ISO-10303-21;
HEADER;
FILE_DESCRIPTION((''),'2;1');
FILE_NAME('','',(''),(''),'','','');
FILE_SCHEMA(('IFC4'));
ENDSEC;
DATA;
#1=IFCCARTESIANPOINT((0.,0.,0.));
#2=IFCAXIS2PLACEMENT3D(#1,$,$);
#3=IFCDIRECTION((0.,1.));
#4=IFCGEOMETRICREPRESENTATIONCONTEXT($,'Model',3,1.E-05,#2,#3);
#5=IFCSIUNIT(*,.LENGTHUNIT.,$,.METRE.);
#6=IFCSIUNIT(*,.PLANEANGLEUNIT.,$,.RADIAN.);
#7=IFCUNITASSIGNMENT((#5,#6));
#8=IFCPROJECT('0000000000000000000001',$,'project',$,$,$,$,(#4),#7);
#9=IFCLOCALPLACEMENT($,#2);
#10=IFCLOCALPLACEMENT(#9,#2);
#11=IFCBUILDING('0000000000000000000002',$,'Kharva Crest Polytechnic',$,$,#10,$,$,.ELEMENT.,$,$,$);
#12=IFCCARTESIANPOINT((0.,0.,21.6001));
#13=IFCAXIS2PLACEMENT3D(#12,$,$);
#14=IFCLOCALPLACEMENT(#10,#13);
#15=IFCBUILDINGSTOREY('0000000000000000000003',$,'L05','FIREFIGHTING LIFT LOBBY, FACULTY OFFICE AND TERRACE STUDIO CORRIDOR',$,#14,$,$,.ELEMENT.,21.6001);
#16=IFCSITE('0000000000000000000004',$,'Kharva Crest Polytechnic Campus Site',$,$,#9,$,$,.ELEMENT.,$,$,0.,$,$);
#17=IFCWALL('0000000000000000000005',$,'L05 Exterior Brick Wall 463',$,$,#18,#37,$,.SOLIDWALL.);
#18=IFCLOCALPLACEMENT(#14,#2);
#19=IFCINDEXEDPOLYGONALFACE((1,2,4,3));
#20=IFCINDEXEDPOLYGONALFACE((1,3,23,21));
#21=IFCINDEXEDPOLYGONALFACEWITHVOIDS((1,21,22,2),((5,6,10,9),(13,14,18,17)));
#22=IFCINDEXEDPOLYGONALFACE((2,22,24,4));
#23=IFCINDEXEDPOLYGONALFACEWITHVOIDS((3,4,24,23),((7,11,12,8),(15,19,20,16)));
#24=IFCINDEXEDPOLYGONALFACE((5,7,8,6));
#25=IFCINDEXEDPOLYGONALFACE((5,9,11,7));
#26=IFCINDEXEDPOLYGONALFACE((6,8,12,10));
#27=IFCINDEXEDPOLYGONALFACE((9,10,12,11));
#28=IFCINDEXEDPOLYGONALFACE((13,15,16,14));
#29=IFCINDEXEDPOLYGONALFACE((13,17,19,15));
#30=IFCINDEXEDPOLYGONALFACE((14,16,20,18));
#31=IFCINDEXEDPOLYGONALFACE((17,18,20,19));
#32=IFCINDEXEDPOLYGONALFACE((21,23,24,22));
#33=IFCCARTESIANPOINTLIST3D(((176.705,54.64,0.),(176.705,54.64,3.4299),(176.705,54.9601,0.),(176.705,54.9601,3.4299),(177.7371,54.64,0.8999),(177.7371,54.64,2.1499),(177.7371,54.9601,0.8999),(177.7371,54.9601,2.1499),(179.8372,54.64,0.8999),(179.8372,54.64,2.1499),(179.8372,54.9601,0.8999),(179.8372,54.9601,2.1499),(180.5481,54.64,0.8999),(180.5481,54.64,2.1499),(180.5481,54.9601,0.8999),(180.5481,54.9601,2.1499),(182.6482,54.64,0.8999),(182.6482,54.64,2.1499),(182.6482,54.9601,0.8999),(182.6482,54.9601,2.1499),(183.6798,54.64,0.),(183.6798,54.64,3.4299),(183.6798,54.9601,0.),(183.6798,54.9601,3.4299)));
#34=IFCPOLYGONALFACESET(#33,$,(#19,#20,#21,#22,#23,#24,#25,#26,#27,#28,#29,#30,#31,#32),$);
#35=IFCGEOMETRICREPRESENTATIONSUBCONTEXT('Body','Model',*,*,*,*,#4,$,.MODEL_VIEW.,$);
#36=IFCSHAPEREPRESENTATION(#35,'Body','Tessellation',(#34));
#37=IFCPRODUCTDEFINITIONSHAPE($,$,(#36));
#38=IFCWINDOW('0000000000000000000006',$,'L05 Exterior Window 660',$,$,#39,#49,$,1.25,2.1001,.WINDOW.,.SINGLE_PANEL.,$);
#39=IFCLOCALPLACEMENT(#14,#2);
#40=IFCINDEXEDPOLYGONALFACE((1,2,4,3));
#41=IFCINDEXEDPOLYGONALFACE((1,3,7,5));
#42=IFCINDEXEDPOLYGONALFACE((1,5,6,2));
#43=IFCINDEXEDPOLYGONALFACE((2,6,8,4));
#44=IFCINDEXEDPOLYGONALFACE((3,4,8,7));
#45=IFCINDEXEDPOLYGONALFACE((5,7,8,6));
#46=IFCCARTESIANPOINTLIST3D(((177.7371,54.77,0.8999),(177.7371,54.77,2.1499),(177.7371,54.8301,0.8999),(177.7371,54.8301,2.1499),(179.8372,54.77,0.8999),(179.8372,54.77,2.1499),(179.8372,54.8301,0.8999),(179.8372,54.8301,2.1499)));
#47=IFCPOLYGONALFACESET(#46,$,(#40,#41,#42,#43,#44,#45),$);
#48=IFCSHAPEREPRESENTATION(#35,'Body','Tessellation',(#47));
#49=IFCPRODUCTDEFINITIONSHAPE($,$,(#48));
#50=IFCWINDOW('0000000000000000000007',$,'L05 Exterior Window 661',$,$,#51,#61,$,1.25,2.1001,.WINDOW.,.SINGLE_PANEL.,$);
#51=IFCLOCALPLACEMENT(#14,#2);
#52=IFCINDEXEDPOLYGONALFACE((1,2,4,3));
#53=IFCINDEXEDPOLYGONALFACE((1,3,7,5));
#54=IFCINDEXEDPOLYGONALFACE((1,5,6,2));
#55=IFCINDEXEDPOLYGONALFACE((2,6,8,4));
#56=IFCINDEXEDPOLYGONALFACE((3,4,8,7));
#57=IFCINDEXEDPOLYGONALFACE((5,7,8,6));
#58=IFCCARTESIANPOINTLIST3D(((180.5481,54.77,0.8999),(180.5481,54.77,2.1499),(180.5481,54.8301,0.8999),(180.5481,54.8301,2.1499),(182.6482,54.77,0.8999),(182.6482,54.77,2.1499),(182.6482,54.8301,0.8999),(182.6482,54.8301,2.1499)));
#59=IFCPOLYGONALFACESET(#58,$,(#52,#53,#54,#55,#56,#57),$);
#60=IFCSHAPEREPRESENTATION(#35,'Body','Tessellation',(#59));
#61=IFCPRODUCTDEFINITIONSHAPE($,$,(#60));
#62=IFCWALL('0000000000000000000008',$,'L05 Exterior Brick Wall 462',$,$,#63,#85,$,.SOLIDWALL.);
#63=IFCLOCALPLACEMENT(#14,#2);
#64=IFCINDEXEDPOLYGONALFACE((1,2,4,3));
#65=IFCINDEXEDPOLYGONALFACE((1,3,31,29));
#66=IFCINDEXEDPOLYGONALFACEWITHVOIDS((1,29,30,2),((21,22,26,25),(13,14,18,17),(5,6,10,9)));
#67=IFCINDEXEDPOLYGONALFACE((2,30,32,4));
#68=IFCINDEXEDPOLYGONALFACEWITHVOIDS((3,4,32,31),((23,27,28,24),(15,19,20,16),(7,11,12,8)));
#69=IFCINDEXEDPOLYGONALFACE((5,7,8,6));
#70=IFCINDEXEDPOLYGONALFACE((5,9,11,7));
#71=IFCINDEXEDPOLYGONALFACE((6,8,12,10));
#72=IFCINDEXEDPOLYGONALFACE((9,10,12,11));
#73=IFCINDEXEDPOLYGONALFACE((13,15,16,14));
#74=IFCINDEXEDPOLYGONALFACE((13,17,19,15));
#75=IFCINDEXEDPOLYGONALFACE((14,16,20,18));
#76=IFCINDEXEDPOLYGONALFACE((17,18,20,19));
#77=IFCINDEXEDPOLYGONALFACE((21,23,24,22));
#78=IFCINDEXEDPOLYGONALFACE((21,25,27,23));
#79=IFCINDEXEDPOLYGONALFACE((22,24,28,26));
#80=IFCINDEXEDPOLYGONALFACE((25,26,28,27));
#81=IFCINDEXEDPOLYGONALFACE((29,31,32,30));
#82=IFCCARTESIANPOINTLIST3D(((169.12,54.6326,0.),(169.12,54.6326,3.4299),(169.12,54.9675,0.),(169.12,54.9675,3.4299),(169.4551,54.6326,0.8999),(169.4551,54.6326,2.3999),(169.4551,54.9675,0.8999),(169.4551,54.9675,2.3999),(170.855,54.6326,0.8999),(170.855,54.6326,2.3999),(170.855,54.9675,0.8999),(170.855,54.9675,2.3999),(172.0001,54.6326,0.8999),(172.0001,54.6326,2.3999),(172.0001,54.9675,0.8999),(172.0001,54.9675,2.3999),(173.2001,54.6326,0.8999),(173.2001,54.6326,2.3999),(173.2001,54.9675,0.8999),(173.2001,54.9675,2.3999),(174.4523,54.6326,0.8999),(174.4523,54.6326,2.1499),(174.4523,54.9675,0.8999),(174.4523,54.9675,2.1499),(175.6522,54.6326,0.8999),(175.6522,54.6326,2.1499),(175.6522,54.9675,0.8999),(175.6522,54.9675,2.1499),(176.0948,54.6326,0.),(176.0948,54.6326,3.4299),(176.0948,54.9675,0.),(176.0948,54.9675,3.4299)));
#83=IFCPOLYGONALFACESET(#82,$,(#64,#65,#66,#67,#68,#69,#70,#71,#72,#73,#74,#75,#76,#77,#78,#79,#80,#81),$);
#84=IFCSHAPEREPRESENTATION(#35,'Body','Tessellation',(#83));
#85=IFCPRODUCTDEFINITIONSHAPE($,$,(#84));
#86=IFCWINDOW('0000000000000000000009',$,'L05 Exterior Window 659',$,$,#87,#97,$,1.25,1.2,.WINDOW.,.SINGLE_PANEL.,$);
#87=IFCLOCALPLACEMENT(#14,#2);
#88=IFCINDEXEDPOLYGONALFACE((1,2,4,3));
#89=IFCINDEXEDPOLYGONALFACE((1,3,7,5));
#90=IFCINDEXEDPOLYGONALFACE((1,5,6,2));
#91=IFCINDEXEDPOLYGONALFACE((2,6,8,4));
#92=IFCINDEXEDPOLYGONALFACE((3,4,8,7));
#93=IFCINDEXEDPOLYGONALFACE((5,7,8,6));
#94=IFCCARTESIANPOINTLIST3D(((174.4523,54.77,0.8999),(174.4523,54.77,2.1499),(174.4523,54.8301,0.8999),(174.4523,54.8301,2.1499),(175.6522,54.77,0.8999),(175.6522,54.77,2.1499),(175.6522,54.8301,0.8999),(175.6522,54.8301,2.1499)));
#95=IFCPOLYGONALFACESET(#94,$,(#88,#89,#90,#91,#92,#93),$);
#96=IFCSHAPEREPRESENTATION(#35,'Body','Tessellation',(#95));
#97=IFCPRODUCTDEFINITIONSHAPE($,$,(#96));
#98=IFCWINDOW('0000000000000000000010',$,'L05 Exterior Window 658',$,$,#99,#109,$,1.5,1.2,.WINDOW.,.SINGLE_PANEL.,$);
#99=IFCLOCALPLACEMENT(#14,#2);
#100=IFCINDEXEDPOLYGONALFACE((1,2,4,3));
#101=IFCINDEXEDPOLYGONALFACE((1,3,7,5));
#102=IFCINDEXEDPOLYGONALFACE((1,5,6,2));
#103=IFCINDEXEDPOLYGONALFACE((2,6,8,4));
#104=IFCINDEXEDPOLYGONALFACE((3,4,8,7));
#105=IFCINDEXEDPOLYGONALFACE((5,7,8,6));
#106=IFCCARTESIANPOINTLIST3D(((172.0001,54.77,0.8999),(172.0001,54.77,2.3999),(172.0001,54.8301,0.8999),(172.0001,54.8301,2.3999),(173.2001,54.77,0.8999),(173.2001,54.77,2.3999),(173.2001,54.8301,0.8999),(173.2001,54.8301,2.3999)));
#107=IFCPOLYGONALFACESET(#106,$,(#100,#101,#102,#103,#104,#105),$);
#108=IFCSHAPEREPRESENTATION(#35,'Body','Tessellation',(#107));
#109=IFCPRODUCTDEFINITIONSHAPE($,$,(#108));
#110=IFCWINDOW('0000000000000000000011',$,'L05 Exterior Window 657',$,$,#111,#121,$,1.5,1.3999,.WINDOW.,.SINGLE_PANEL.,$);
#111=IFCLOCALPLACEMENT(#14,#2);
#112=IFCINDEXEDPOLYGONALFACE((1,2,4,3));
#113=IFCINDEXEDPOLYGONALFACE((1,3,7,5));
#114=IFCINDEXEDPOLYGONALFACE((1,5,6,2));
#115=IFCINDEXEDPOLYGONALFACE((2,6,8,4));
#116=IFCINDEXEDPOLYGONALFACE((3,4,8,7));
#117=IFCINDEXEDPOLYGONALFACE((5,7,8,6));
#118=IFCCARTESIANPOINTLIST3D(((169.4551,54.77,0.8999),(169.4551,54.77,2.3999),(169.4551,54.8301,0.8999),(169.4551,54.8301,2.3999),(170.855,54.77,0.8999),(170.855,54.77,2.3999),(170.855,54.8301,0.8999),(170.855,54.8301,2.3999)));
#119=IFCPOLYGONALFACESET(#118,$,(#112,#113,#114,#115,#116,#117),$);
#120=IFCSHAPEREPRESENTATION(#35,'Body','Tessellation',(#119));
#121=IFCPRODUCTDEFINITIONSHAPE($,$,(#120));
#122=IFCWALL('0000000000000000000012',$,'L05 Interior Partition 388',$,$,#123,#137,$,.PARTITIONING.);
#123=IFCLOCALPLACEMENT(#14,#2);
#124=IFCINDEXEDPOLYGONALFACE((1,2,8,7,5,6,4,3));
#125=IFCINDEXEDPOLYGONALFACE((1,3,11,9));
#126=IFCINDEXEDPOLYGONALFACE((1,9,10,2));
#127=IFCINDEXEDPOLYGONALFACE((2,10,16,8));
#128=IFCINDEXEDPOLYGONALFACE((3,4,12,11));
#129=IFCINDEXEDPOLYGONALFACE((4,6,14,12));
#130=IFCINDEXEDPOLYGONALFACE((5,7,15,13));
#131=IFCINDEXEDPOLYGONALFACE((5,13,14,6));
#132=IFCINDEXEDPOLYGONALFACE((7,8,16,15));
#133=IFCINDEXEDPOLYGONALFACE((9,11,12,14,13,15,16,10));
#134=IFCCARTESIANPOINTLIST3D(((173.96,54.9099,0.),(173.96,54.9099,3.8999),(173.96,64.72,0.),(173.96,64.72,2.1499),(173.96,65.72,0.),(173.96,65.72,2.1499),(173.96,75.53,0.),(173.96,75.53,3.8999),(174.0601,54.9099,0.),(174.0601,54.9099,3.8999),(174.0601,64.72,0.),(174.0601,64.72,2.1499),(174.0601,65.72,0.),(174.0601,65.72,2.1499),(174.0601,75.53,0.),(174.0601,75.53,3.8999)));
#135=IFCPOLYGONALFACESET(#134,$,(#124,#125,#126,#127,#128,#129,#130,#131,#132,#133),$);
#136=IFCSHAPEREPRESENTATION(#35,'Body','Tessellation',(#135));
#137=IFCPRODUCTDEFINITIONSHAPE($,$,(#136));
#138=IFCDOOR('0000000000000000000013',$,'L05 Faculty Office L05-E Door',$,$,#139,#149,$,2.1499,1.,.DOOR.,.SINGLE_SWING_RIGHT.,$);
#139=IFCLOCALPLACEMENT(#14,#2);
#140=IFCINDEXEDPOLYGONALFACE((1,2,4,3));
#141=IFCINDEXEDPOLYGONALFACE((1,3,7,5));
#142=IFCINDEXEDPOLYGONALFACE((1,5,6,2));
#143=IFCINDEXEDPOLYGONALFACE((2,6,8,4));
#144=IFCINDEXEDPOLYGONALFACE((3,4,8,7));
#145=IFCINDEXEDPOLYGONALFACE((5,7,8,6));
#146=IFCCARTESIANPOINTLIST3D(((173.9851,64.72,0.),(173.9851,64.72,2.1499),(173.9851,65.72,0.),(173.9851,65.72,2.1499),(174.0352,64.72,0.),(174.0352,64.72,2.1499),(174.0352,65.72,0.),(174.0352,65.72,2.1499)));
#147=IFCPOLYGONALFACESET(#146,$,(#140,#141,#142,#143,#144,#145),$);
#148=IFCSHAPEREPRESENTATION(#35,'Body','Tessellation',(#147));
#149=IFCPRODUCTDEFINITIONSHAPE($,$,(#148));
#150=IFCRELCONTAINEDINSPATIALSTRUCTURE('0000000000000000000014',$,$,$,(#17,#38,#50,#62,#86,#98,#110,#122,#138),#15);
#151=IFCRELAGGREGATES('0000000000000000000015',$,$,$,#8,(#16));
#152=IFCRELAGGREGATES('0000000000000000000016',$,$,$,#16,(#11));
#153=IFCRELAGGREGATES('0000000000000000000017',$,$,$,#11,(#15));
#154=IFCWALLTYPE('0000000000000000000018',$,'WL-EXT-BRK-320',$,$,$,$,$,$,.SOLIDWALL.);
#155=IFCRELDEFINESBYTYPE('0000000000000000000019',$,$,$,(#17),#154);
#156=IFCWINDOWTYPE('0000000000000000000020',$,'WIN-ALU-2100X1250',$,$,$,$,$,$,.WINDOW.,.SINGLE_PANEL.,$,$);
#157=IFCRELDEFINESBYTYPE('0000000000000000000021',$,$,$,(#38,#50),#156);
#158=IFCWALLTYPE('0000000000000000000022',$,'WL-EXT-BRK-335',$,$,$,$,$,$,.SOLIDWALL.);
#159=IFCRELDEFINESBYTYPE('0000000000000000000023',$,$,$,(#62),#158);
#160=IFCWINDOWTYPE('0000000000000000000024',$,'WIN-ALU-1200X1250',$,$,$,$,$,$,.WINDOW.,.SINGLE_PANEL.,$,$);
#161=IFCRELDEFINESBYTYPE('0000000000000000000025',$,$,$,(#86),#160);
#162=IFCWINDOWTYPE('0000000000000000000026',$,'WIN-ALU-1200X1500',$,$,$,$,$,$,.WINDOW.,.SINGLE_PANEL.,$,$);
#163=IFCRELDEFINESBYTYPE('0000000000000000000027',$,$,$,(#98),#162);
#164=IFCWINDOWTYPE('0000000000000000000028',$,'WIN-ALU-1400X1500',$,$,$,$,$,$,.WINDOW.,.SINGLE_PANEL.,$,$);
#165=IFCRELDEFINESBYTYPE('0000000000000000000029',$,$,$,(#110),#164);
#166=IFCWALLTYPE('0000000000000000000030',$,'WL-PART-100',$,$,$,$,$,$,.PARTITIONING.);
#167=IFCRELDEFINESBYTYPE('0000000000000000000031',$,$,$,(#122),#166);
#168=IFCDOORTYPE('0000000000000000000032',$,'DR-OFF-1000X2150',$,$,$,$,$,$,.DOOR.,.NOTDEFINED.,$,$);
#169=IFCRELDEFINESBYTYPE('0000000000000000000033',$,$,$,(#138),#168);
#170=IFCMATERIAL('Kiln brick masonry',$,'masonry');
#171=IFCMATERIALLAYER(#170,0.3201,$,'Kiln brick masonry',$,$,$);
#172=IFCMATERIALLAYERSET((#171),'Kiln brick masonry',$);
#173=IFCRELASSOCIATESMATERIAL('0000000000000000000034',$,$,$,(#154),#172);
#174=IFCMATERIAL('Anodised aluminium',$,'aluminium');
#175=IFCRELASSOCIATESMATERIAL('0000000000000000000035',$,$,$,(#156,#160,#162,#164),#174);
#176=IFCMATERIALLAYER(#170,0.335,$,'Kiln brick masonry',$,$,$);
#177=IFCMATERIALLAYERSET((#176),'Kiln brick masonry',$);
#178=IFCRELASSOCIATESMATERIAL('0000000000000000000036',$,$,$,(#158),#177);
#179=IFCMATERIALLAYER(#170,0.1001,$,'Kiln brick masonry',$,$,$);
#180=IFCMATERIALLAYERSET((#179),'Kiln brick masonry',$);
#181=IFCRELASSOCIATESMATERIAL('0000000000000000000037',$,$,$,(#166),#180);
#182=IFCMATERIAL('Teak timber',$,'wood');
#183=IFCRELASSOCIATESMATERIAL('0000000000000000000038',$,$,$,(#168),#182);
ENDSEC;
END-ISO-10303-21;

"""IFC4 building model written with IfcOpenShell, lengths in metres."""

from ifc_helpers import new_model, si_unit, direction, frame, frame_2d, origin, place, context, subcontext, project, spatial, rectangle, extrude, material, layer, layer_set, type_object, element, fill, save


model = new_model("IFC4")

# Units and contexts
model_context = context("Model", 3, precision=1e-05, world=origin(), true_north=direction((0.0, 1.0)))
body_context = subcontext(model_context, "Body", "Model", "MODEL_VIEW")
ifc_project = project(units=[si_unit("LENGTHUNIT", "METRE"), si_unit("PLANEANGLEUNIT", "RADIAN")], contexts=[model_context])

# Site, building, storey
site_placement = place(None, origin())
site = spatial("IfcSite", under=ifc_project, at=site_placement, Name="Kharva Crest Polytechnic Campus Site", CompositionType="ELEMENT", RefElevation=0.0)
building_placement = place(site_placement, origin())
building = spatial("IfcBuilding", under=site, at=building_placement, Name="Kharva Crest Polytechnic", CompositionType="ELEMENT")
storey_placement = place(building_placement, frame((0.0, 0.0, 21.6001)))
storey = spatial("IfcBuildingStorey", under=building, at=storey_placement, Name="L05", Description="FIREFIGHTING LIFT LOBBY, FACULTY OFFICE AND TERRACE STUDIO CORRIDOR", CompositionType="ELEMENT", Elevation=21.6001)

# Walls, openings, windows
ifc_material_1 = material(Name="Kiln brick masonry", Category="masonry")
ifc_material_2 = material(Name="Anodised aluminium", Category="aluminium")
ifc_layer_1 = layer(ifc_material_1, 0.3201, Name="Kiln brick masonry")
ifc_layer_set_1 = layer_set([ifc_layer_1], Name="Kiln brick masonry")
wall_type_1 = type_object("IfcWallType", Name="WL-EXT-BRK-320", PredefinedType="SOLIDWALL", material=ifc_layer_set_1)
wall_1_placement = place(storey_placement, frame((176.7051, 54.8, 0.0), z_axis=(0.0, 0.0, 1.0), x_axis=(1.0, 0.0, 0.0)))
wall_1 = element("IfcWall", 1, at=wall_1_placement, inside=storey, type_object=wall_type_1, Name="L05 Exterior Brick Wall 463", PredefinedType="SOLIDWALL", context=body_context, shape_type="SweptSolid", body=[
    extrude(rectangle(XDim=6.9749, YDim=0.3201, at=frame_2d((3.4873, 0.0))), origin(), (0.0, 0.0, 1.0), 3.4299),
])
opening_1_placement = place(wall_1_placement, frame((1.032, 0.0, 0.8999)))
opening_1 = element("IfcOpeningElement", 2, at=opening_1_placement, cuts=wall_1, PredefinedType="OPENING", context=body_context, shape_type="SweptSolid", body=[
    extrude(rectangle(XDim=2.1001, YDim=1.25, at=frame_2d((1.05, 0.625))), frame((0.0, 0.1699, 0.0), z_axis=(0.0, -1.0, 0.0), x_axis=(1.0, 0.0, 0.0)), (0.0, 0.0, 1.0), 0.3401),
])
opening_2_placement = place(wall_1_placement, frame((3.843, 0.0, 0.8999)))
opening_2 = element("IfcOpeningElement", 3, at=opening_2_placement, cuts=wall_1, PredefinedType="OPENING", context=body_context, shape_type="SweptSolid", body=[
    extrude(rectangle(XDim=2.1001, YDim=1.25, at=frame_2d((1.05, 0.625))), frame((0.0, 0.1699, 0.0), z_axis=(0.0, -1.0, 0.0), x_axis=(1.0, 0.0, 0.0)), (0.0, 0.0, 1.0), 0.3401),
])
window_type_1 = type_object("IfcWindowType", Name="WIN-ALU-2100X1250", PartitioningType="SINGLE_PANEL", PredefinedType="WINDOW", material=ifc_material_2)
window_1_placement = place(opening_1_placement, origin())
window_1 = element("IfcWindow", 4, at=window_1_placement, inside=storey, type_object=window_type_1, Name="L05 Exterior Window 660", OverallHeight=1.25, OverallWidth=2.1001, PartitioningType="SINGLE_PANEL", PredefinedType="WINDOW", context=body_context, shape_type="SweptSolid", body=[
    extrude(rectangle(XDim=2.1001, YDim=1.25, at=frame_2d((1.05, 0.625))), frame((0.0, 0.03, 0.0), z_axis=(0.0, -1.0, 0.0), x_axis=(1.0, 0.0, 0.0)), (0.0, 0.0, 1.0), 0.0601),
])
fill(opening_1, window_1)
window_2_placement = place(opening_2_placement, origin())
window_2 = element("IfcWindow", 5, at=window_2_placement, inside=storey, type_object=window_type_1, Name="L05 Exterior Window 661", OverallHeight=1.25, OverallWidth=2.1001, PartitioningType="SINGLE_PANEL", PredefinedType="WINDOW", context=body_context, shape_type="SweptSolid", body=[
    extrude(rectangle(XDim=2.1001, YDim=1.25, at=frame_2d((1.05, 0.625))), frame((0.0, 0.03, 0.0), z_axis=(0.0, -1.0, 0.0), x_axis=(1.0, 0.0, 0.0)), (0.0, 0.0, 1.0), 0.0601),
])
fill(opening_2, window_2)
ifc_layer_2 = layer(ifc_material_1, 0.335, Name="Kiln brick masonry")
ifc_layer_set_2 = layer_set([ifc_layer_2], Name="Kiln brick masonry")
wall_type_2 = type_object("IfcWallType", Name="WL-EXT-BRK-335", PredefinedType="SOLIDWALL", material=ifc_layer_set_2)
wall_2_placement = place(storey_placement, frame((169.1201, 54.8, 0.0), z_axis=(0.0, 0.0, 1.0), x_axis=(1.0, 0.0, 0.0)))
wall_2 = element("IfcWall", 6, at=wall_2_placement, inside=storey, type_object=wall_type_2, Name="L05 Exterior Brick Wall 462", PredefinedType="SOLIDWALL", context=body_context, shape_type="SweptSolid", body=[
    extrude(rectangle(XDim=6.9749, YDim=0.335, at=frame_2d((3.4873, 0.0))), origin(), (0.0, 0.0, 1.0), 3.4299),
])
opening_3_placement = place(wall_2_placement, frame((0.335, 0.0, 0.8999)))
opening_3 = element("IfcOpeningElement", 7, at=opening_3_placement, cuts=wall_2, PredefinedType="OPENING", context=body_context, shape_type="SweptSolid", body=[
    extrude(rectangle(XDim=1.3999, YDim=1.5, at=frame_2d((0.7, 0.75))), frame((0.0, 0.1775, 0.0), z_axis=(0.0, -1.0, 0.0), x_axis=(1.0, 0.0, 0.0)), (0.0, 0.0, 1.0), 0.355),
])
opening_4_placement = place(wall_2_placement, frame((2.8799, 0.0, 0.8999)))
opening_4 = element("IfcOpeningElement", 8, at=opening_4_placement, cuts=wall_2, PredefinedType="OPENING", context=body_context, shape_type="SweptSolid", body=[
    extrude(rectangle(XDim=1.2, YDim=1.5, at=frame_2d((0.6001, 0.75))), frame((0.0, 0.1775, 0.0), z_axis=(0.0, -1.0, 0.0), x_axis=(1.0, 0.0, 0.0)), (0.0, 0.0, 1.0), 0.355),
])
opening_5_placement = place(wall_2_placement, frame((5.332, 0.0, 0.8999)))
opening_5 = element("IfcOpeningElement", 9, at=opening_5_placement, cuts=wall_2, PredefinedType="OPENING", context=body_context, shape_type="SweptSolid", body=[
    extrude(rectangle(XDim=1.2, YDim=1.25, at=frame_2d((0.6001, 0.625))), frame((0.0, 0.1775, 0.0), z_axis=(0.0, -1.0, 0.0), x_axis=(1.0, 0.0, 0.0)), (0.0, 0.0, 1.0), 0.355),
])
window_type_2 = type_object("IfcWindowType", Name="WIN-ALU-1200X1250", PartitioningType="SINGLE_PANEL", PredefinedType="WINDOW", material=ifc_material_2)
window_3_placement = place(opening_5_placement, origin())
window_3 = element("IfcWindow", 10, at=window_3_placement, inside=storey, type_object=window_type_2, Name="L05 Exterior Window 659", OverallHeight=1.25, OverallWidth=1.2, PartitioningType="SINGLE_PANEL", PredefinedType="WINDOW", context=body_context, shape_type="SweptSolid", body=[
    extrude(rectangle(XDim=1.2, YDim=1.25, at=frame_2d((0.6001, 0.625))), frame((0.0, 0.03, 0.0), z_axis=(0.0, -1.0, 0.0), x_axis=(1.0, 0.0, 0.0)), (0.0, 0.0, 1.0), 0.0601),
])
fill(opening_5, window_3)
window_type_3 = type_object("IfcWindowType", Name="WIN-ALU-1200X1500", PartitioningType="SINGLE_PANEL", PredefinedType="WINDOW", material=ifc_material_2)
window_4_placement = place(opening_4_placement, origin())
window_4 = element("IfcWindow", 11, at=window_4_placement, inside=storey, type_object=window_type_3, Name="L05 Exterior Window 658", OverallHeight=1.5, OverallWidth=1.2, PartitioningType="SINGLE_PANEL", PredefinedType="WINDOW", context=body_context, shape_type="SweptSolid", body=[
    extrude(rectangle(XDim=1.2, YDim=1.5, at=frame_2d((0.6001, 0.75))), frame((0.0, 0.03, 0.0), z_axis=(0.0, -1.0, 0.0), x_axis=(1.0, 0.0, 0.0)), (0.0, 0.0, 1.0), 0.0601),
])
fill(opening_4, window_4)
window_type_4 = type_object("IfcWindowType", Name="WIN-ALU-1400X1500", PartitioningType="SINGLE_PANEL", PredefinedType="WINDOW", material=ifc_material_2)
window_5_placement = place(opening_3_placement, origin())
window_5 = element("IfcWindow", 12, at=window_5_placement, inside=storey, type_object=window_type_4, Name="L05 Exterior Window 657", OverallHeight=1.5, OverallWidth=1.3999, PartitioningType="SINGLE_PANEL", PredefinedType="WINDOW", context=body_context, shape_type="SweptSolid", body=[
    extrude(rectangle(XDim=1.3999, YDim=1.5, at=frame_2d((0.7, 0.75))), frame((0.0, 0.03, 0.0), z_axis=(0.0, -1.0, 0.0), x_axis=(1.0, 0.0, 0.0)), (0.0, 0.0, 1.0), 0.0601),
])
fill(opening_3, window_5)

# Wall, opening, door
ifc_layer_3 = layer(ifc_material_1, 0.1001, Name="Kiln brick masonry")
ifc_layer_set_3 = layer_set([ifc_layer_3], Name="Kiln brick masonry")
wall_type_3 = type_object("IfcWallType", Name="WL-PART-100", PredefinedType="PARTITIONING", material=ifc_layer_set_3)
wall_3_placement = place(storey_placement, frame((174.01, 54.9099, 0.0), z_axis=(0.0, 0.0, 1.0), x_axis=(0.0, 1.0, 0.0)))
wall_3 = element("IfcWall", 13, at=wall_3_placement, inside=storey, type_object=wall_type_3, Name="L05 Interior Partition 388", PredefinedType="PARTITIONING", context=body_context, shape_type="SweptSolid", body=[
    extrude(rectangle(XDim=20.6201, YDim=0.1001, at=frame_2d((10.3101, 0.0))), origin(), (0.0, 0.0, 1.0), 3.8999),
])
opening_6_placement = place(wall_3_placement, frame((9.8101, 0.0, 0.0)))
opening_6 = element("IfcOpeningElement", 14, at=opening_6_placement, cuts=wall_3, PredefinedType="OPENING", context=body_context, shape_type="SweptSolid", body=[
    extrude(rectangle(XDim=1.0, YDim=2.1499, at=frame_2d((0.5, 1.075))), frame((0.0, 0.0601, 0.0), z_axis=(0.0, -1.0, 0.0), x_axis=(1.0, 0.0, 0.0)), (0.0, 0.0, 1.0), 0.1201),
])
ifc_material_3 = material(Name="Teak timber", Category="wood")
door_type_1 = type_object("IfcDoorType", Name="DR-OFF-1000X2150", OperationType="NOTDEFINED", PredefinedType="DOOR", material=ifc_material_3)
door_1_placement = place(opening_6_placement, origin())
door_1 = element("IfcDoor", 15, at=door_1_placement, inside=storey, type_object=door_type_1, Name="L05 Faculty Office L05-E Door", OperationType="SINGLE_SWING_RIGHT", OverallHeight=2.1499, OverallWidth=1.0, PredefinedType="DOOR", context=body_context, shape_type="SweptSolid", body=[
    extrude(rectangle(XDim=1.0, YDim=2.1499, at=frame_2d((0.5, 1.075))), frame((0.0, 0.0249, 0.0), z_axis=(0.0, -1.0, 0.0), x_axis=(1.0, 0.0, 0.0)), (0.0, 0.0, 1.0), 0.05),
])
fill(opening_6, door_1)

save(model, "model.ifc")
